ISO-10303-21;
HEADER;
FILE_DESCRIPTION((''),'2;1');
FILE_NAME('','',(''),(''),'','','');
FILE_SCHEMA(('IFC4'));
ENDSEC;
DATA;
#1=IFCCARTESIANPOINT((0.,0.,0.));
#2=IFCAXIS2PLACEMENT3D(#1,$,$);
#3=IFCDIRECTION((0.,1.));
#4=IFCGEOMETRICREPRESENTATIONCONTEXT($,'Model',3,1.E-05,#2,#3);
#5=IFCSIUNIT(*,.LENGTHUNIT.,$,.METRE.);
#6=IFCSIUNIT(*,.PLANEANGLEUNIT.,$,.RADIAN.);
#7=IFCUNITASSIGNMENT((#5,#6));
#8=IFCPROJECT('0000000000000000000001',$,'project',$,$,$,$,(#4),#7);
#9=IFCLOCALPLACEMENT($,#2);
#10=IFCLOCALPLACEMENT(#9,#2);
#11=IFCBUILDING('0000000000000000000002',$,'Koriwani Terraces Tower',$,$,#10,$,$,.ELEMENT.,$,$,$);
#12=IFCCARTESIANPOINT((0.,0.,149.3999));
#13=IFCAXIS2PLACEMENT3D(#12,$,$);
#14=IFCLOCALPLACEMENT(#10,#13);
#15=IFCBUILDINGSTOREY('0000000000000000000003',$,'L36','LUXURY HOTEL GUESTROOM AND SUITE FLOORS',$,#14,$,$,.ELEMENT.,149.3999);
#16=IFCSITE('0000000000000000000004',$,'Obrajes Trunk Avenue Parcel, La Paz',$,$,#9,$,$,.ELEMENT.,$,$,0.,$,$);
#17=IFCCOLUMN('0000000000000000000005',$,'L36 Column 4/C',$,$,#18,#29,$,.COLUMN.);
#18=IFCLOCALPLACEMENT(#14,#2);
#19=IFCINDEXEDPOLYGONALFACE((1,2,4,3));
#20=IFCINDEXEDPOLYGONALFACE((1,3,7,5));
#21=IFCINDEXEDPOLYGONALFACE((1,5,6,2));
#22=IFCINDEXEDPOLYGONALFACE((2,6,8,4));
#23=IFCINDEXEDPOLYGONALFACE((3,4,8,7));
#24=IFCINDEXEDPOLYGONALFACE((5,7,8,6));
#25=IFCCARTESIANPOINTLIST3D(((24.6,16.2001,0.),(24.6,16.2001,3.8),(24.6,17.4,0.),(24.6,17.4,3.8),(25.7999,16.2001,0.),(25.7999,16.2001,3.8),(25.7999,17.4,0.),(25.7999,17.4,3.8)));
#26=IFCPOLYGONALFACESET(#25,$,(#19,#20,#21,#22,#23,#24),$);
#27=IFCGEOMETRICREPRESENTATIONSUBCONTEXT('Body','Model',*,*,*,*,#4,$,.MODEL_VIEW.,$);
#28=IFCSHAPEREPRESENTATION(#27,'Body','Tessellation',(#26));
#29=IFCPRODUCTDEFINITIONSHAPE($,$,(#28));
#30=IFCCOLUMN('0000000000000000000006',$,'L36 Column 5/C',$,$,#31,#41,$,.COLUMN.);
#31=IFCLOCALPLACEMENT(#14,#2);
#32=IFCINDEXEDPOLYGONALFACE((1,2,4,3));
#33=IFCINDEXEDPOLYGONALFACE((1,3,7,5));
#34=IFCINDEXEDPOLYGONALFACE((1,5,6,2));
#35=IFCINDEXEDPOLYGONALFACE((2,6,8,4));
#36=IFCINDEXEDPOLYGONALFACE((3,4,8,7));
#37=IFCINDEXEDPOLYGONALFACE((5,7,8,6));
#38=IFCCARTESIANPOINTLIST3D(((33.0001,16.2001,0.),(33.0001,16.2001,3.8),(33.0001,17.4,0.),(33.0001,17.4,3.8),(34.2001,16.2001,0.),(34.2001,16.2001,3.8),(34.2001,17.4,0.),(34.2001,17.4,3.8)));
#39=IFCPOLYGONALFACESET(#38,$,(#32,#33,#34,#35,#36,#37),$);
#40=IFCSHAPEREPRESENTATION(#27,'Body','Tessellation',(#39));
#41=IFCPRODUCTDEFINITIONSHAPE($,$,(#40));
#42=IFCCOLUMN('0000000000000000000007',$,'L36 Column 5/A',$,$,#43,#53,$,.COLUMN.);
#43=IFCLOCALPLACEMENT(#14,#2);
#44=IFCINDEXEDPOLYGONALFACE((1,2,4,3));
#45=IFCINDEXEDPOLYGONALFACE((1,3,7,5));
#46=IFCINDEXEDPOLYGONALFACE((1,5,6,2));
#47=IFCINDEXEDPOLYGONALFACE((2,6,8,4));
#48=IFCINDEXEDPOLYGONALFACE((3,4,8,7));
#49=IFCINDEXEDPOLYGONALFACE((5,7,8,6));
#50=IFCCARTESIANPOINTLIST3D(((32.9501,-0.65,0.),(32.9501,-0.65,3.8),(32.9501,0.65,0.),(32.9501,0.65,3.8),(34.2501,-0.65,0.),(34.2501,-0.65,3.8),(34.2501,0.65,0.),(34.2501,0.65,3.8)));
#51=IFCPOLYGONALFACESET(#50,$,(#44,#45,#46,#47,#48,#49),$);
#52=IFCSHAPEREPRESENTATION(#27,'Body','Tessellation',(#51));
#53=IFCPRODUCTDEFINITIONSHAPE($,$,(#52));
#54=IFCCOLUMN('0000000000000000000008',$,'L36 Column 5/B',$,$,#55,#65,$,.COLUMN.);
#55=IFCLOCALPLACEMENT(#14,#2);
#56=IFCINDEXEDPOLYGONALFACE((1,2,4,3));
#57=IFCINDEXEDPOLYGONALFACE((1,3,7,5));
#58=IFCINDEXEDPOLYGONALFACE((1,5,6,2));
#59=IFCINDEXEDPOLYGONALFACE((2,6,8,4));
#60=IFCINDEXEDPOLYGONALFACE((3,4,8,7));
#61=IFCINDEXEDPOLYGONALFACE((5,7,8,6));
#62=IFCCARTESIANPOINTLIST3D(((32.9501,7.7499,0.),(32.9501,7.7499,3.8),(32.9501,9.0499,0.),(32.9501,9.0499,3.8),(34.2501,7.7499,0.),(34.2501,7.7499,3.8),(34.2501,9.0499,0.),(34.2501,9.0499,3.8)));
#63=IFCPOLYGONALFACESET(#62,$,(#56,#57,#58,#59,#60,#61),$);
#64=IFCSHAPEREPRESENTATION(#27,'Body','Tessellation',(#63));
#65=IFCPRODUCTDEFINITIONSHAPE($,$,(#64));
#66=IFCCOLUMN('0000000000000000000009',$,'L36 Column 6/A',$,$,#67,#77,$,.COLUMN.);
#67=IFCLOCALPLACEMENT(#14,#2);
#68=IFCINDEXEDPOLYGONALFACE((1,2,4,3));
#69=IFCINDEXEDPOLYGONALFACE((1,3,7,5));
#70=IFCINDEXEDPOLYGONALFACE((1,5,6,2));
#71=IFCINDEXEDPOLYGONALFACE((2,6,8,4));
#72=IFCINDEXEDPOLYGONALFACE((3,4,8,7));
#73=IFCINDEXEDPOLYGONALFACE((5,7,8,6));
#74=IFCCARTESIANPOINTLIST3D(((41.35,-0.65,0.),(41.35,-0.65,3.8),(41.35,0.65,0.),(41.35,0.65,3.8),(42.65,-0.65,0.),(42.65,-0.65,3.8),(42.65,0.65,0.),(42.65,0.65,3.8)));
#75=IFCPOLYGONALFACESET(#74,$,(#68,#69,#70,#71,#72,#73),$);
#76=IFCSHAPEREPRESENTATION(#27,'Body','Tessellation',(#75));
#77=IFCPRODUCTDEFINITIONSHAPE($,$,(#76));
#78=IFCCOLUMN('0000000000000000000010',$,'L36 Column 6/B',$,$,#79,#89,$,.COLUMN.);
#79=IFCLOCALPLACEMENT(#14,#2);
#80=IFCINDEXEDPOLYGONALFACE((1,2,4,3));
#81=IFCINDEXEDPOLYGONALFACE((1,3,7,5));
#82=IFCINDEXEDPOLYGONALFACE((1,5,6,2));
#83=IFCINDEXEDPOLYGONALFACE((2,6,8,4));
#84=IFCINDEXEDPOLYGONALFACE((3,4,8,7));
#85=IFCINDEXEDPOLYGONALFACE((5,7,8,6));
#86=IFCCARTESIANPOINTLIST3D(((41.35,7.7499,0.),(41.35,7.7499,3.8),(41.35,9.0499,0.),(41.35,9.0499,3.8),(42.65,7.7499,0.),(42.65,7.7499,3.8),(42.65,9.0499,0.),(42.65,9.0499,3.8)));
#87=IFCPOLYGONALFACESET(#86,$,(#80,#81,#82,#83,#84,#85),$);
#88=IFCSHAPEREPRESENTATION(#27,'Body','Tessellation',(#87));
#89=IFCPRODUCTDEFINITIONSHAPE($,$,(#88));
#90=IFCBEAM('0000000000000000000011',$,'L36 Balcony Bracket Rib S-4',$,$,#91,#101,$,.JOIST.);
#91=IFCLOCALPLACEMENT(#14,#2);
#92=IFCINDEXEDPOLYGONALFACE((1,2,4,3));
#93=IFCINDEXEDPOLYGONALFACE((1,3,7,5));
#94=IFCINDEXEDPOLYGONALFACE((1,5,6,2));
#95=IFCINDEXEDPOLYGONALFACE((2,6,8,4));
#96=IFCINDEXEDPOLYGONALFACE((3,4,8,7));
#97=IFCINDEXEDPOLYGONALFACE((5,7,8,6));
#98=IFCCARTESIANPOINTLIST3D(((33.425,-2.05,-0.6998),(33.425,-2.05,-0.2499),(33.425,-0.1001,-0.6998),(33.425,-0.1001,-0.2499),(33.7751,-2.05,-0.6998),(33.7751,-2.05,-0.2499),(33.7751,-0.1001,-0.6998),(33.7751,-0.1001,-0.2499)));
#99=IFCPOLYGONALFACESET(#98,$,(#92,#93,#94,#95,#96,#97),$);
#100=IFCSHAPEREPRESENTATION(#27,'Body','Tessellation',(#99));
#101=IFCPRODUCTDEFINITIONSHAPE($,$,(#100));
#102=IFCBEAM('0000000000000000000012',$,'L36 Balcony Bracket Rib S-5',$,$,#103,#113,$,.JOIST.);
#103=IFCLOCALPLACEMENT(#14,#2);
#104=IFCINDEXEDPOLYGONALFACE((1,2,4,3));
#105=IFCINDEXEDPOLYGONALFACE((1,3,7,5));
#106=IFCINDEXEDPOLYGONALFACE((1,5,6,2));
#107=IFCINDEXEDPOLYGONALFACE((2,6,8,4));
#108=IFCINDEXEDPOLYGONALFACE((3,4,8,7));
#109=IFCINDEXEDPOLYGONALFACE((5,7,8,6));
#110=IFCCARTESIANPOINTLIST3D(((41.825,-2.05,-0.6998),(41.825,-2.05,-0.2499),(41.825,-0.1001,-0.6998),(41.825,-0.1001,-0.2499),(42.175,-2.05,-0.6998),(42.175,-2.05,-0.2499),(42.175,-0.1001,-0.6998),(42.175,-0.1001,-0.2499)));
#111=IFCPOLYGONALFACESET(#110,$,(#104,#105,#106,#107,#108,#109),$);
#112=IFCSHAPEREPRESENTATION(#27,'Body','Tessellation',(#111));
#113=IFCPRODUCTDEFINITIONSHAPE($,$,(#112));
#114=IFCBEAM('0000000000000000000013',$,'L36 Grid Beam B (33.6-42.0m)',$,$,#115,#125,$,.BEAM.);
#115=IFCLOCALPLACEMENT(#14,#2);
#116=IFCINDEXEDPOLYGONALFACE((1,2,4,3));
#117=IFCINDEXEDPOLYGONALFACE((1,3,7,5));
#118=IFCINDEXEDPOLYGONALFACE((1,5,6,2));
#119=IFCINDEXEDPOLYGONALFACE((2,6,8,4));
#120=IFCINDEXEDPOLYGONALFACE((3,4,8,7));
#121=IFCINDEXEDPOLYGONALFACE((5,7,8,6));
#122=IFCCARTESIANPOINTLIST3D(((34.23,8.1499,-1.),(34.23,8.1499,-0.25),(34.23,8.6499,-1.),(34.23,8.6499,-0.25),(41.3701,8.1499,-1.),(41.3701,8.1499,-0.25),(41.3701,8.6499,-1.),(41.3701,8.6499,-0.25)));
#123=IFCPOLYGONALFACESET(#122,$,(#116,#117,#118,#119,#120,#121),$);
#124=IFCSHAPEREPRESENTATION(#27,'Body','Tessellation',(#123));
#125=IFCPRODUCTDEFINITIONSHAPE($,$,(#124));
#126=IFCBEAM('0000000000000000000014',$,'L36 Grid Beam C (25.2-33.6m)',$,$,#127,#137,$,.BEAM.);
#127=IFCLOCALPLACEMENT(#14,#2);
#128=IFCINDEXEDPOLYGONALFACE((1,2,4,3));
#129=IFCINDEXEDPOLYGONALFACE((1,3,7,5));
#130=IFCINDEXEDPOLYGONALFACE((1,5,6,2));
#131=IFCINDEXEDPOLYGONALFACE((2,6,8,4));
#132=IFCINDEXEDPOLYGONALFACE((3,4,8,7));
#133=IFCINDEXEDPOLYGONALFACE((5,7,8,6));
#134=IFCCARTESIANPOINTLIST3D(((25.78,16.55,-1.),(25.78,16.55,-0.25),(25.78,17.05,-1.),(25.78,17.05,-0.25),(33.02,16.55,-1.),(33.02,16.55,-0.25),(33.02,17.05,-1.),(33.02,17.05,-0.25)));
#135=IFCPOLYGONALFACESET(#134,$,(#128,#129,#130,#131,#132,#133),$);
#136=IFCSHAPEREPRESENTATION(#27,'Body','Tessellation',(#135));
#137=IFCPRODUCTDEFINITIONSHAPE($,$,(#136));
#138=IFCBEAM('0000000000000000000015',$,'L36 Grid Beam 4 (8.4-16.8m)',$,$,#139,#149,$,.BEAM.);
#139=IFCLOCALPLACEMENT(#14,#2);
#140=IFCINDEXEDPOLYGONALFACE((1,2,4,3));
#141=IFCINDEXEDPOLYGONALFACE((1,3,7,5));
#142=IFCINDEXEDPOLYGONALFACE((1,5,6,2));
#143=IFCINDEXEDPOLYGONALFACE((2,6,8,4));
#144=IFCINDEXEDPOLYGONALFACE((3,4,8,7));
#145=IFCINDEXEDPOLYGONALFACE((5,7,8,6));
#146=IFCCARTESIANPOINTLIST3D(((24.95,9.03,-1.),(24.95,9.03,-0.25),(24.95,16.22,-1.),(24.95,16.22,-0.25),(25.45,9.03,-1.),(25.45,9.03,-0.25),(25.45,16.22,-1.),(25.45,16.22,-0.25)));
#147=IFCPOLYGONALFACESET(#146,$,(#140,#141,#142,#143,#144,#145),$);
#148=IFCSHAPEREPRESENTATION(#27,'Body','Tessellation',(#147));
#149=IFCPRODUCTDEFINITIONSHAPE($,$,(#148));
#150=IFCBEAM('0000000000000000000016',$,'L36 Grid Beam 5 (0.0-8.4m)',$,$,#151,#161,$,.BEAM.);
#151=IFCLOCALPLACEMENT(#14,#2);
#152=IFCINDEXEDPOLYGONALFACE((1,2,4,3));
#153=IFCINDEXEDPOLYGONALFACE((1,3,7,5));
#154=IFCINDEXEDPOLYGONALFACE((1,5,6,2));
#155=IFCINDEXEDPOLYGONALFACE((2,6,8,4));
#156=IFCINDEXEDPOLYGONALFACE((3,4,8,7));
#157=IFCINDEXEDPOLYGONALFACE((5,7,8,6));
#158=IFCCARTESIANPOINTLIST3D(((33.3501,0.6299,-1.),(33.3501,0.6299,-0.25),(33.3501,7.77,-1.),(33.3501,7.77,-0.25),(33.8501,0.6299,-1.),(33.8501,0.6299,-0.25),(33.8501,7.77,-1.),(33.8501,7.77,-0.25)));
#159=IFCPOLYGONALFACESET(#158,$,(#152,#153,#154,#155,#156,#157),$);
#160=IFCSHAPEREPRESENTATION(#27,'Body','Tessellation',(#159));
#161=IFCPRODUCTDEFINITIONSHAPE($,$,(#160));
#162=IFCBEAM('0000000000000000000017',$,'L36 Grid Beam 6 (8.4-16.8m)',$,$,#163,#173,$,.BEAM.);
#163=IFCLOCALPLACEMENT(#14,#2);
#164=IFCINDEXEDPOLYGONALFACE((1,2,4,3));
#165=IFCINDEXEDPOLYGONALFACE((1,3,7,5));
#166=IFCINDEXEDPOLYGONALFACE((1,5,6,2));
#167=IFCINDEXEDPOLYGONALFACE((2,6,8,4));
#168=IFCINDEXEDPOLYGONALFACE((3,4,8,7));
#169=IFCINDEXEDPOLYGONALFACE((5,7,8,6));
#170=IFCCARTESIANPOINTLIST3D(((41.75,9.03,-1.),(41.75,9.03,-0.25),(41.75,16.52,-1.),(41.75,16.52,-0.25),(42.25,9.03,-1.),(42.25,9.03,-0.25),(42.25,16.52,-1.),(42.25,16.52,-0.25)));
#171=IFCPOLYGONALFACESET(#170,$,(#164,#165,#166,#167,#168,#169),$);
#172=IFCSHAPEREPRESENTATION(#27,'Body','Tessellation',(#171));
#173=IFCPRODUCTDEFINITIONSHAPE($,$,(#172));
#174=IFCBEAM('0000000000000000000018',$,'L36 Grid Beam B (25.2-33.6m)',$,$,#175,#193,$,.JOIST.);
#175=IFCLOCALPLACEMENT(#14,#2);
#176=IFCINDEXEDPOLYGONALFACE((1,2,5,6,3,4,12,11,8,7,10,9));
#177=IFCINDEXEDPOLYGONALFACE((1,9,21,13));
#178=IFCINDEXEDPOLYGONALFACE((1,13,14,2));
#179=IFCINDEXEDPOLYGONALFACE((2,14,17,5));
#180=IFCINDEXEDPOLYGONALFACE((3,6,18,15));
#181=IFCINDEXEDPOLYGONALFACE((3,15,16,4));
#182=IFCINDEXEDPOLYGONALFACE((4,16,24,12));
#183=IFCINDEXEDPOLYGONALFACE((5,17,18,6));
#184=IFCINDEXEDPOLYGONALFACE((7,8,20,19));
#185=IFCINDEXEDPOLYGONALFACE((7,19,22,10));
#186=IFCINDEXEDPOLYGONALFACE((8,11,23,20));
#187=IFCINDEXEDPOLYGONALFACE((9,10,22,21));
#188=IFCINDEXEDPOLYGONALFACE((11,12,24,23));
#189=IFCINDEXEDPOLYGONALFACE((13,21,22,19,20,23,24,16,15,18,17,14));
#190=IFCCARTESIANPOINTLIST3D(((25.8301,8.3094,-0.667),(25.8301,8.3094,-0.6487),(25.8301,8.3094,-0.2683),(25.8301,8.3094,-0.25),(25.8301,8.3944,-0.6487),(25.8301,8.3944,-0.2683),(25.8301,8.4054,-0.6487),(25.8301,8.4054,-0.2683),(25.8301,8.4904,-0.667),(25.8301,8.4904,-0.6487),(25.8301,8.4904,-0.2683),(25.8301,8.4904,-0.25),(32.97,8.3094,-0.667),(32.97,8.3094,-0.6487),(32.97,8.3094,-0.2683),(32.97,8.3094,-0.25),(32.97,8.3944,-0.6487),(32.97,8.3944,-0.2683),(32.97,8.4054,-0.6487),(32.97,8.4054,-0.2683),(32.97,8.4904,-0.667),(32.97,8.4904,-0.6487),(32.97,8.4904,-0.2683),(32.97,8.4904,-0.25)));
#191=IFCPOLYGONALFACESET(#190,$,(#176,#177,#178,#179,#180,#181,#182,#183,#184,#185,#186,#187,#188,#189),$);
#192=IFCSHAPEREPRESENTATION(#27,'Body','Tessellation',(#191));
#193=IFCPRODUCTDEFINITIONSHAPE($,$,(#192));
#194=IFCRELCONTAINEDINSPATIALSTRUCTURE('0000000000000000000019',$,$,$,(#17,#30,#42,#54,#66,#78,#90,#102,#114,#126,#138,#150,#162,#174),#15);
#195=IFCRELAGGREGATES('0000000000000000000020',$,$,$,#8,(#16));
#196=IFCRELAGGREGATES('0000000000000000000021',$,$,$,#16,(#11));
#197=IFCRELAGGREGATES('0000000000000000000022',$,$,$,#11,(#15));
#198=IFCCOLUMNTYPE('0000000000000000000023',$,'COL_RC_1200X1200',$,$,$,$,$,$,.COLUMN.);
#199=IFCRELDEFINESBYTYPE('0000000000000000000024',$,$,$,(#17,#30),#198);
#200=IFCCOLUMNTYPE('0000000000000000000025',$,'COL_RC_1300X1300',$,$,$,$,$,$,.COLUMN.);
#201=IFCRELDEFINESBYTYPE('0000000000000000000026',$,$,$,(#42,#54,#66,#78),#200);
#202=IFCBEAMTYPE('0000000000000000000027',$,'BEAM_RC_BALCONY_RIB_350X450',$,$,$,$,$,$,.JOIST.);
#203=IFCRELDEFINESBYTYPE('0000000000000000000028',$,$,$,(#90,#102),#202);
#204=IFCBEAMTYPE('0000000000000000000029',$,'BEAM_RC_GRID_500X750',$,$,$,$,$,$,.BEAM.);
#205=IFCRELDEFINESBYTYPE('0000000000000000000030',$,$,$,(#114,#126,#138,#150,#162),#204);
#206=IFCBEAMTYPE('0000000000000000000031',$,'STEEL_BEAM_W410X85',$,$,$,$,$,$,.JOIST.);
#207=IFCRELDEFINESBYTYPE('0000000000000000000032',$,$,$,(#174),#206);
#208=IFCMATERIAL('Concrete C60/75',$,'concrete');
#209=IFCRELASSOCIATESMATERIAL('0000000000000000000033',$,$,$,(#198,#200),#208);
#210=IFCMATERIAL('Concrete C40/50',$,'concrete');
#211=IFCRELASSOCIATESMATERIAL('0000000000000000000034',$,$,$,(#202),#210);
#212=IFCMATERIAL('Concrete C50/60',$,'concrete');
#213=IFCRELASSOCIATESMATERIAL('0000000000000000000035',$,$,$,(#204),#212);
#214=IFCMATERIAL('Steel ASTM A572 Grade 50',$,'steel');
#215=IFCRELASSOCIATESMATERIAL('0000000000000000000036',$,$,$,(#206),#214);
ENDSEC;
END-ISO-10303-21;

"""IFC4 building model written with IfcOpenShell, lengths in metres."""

from ifc_helpers import new_model, si_unit, direction, frame, origin, origin_2d, place, context, subcontext, project, spatial, rectangle, i_section, extrude, material, material_profile, profile_set, type_object, element, save


model = new_model("IFC4")

# Units and contexts
model_context = context("Model", 3, precision=1e-05, world=origin(), true_north=direction((0.0, 1.0)))
body_context = subcontext(model_context, "Body", "Model", "MODEL_VIEW")
ifc_project = project(units=[si_unit("LENGTHUNIT", "METRE"), si_unit("PLANEANGLEUNIT", "RADIAN")], contexts=[model_context])

# Site, building, storey
site_placement = place(None, origin())
site = spatial("IfcSite", under=ifc_project, at=site_placement, Name="Obrajes Trunk Avenue Parcel, La Paz", CompositionType="ELEMENT", RefElevation=0.0)
building_placement = place(site_placement, origin())
building = spatial("IfcBuilding", under=site, at=building_placement, Name="Koriwani Terraces Tower", CompositionType="ELEMENT")
storey_placement = place(building_placement, frame((0.0, 0.0, 149.3999)))
storey = spatial("IfcBuildingStorey", under=building, at=storey_placement, Name="L36", Description="LUXURY HOTEL GUESTROOM AND SUITE FLOORS", CompositionType="ELEMENT", Elevation=149.3999)

# Columns
ifc_material_1 = material(Name="Concrete C60/75", Category="concrete")
ifc_material_profile_1 = material_profile(ifc_material_1, rectangle(XDim=1.2, YDim=1.2, at=origin_2d()), Name="Concrete C60/75", Category="LoadBearing")
ifc_profile_set_1 = profile_set([ifc_material_profile_1], Name="Concrete C60/75")
column_type_1 = type_object("IfcColumnType", Name="COL_RC_1200X1200", PredefinedType="COLUMN", material=ifc_profile_set_1)
for number, where, z_axis, x_axis, name in (
    (1, (25.2, 16.8, 0.0), (0.0, 0.0, 1.0), (1.0, 0.0, 0.0), "L36 Column 4/C"),
    (2, (33.6001, 16.8, 0.0), (0.0, 0.0, 1.0), (1.0, 0.0, 0.0), "L36 Column 5/C"),
):
    element("IfcColumn", number, at=place(storey_placement, frame(where, z_axis=z_axis, x_axis=x_axis)), inside=storey, type_object=column_type_1, Name=name, PredefinedType="COLUMN", context=body_context, shape_type="SweptSolid", body=[
        extrude(rectangle(XDim=1.2, YDim=1.2, at=origin_2d()), origin(), (0.0, 0.0, 1.0), 3.8),
    ])
ifc_material_profile_2 = material_profile(ifc_material_1, rectangle(XDim=1.3, YDim=1.3, at=origin_2d()), Name="Concrete C60/75", Category="LoadBearing")
ifc_profile_set_2 = profile_set([ifc_material_profile_2], Name="Concrete C60/75")
column_type_2 = type_object("IfcColumnType", Name="COL_RC_1300X1300", PredefinedType="COLUMN", material=ifc_profile_set_2)
for number, where, z_axis, x_axis, name in (
    (3, (33.6001, 0.0, 0.0), (0.0, 0.0, 1.0), (1.0, 0.0, 0.0), "L36 Column 5/A"),
    (4, (33.6001, 8.3999, 0.0), (0.0, 0.0, 1.0), (1.0, 0.0, 0.0), "L36 Column 5/B"),
    (5, (42.0, 0.0, 0.0), (0.0, 0.0, 1.0), (1.0, 0.0, 0.0), "L36 Column 6/A"),
    (6, (42.0, 8.3999, 0.0), (0.0, 0.0, 1.0), (1.0, 0.0, 0.0), "L36 Column 6/B"),
):
    element("IfcColumn", number, at=place(storey_placement, frame(where, z_axis=z_axis, x_axis=x_axis)), inside=storey, type_object=column_type_2, Name=name, PredefinedType="COLUMN", context=body_context, shape_type="SweptSolid", body=[
        extrude(rectangle(XDim=1.3, YDim=1.3, at=origin_2d()), origin(), (0.0, 0.0, 1.0), 3.8),
    ])

# Beams
ifc_material_2 = material(Name="Concrete C40/50", Category="concrete")
ifc_material_profile_3 = material_profile(ifc_material_2, rectangle(XDim=0.3501, YDim=0.45, at=origin_2d()), Name="Concrete C40/50", Category="LoadBearing")
ifc_profile_set_3 = profile_set([ifc_material_profile_3], Name="Concrete C40/50")
beam_type_1 = type_object("IfcBeamType", Name="BEAM_RC_BALCONY_RIB_350X450", PredefinedType="JOIST", material=ifc_profile_set_3)
for number, where, z_axis, x_axis, name in (
    (7, (33.6001, -2.05, -0.4749), (0.0, 1.0, 0.0), (-1.0, 0.0, 0.0), "L36 Balcony Bracket Rib S-4"),
    (8, (42.0, -2.05, -0.4749), (0.0, 1.0, 0.0), (-1.0, 0.0, 0.0), "L36 Balcony Bracket Rib S-5"),
):
    element("IfcBeam", number, at=place(storey_placement, frame(where, z_axis=z_axis, x_axis=x_axis)), inside=storey, type_object=beam_type_1, Name=name, PredefinedType="JOIST", context=body_context, shape_type="SweptSolid", body=[
        extrude(rectangle(XDim=0.3501, YDim=0.45, at=origin_2d()), origin(), (0.0, 0.0, 1.0), 1.95),
    ])
ifc_material_3 = material(Name="Concrete C50/60", Category="concrete")
ifc_material_profile_4 = material_profile(ifc_material_3, rectangle(XDim=0.5, YDim=0.75, at=origin_2d()), Name="Concrete C50/60", Category="LoadBearing")
ifc_profile_set_4 = profile_set([ifc_material_profile_4], Name="Concrete C50/60")
beam_type_2 = type_object("IfcBeamType", Name="BEAM_RC_GRID_500X750", PredefinedType="BEAM", material=ifc_profile_set_4)
beam_1_placement = place(storey_placement, frame((34.23, 8.3999, -0.625), z_axis=(1.0, 0.0, 0.0), x_axis=(0.0, 1.0, 0.0)))
element("IfcBeam", 9, at=beam_1_placement, inside=storey, type_object=beam_type_2, Name="L36 Grid Beam B (33.6-42.0m)", PredefinedType="BEAM", context=body_context, shape_type="SweptSolid", body=[
    extrude(rectangle(XDim=0.5, YDim=0.75, at=origin_2d()), origin(), (0.0, 0.0, 1.0), 7.1401),
])
beam_2_placement = place(storey_placement, frame((25.78, 16.8, -0.625), z_axis=(1.0, 0.0, 0.0), x_axis=(0.0, 1.0, 0.0)))
element("IfcBeam", 10, at=beam_2_placement, inside=storey, type_object=beam_type_2, Name="L36 Grid Beam C (25.2-33.6m)", PredefinedType="BEAM", context=body_context, shape_type="SweptSolid", body=[
    extrude(rectangle(XDim=0.5, YDim=0.75, at=origin_2d()), origin(), (0.0, 0.0, 1.0), 7.24),
])
beam_3_placement = place(storey_placement, frame((25.2, 9.03, -0.625), z_axis=(0.0, 1.0, 0.0), x_axis=(-1.0, 0.0, 0.0)))
element("IfcBeam", 11, at=beam_3_placement, inside=storey, type_object=beam_type_2, Name="L36 Grid Beam 4 (8.4-16.8m)", PredefinedType="BEAM", context=body_context, shape_type="SweptSolid", body=[
    extrude(rectangle(XDim=0.5, YDim=0.75, at=origin_2d()), origin(), (0.0, 0.0, 1.0), 7.1899),
])
beam_4_placement = place(storey_placement, frame((33.6001, 0.6299, -0.625), z_axis=(0.0, 1.0, 0.0), x_axis=(-1.0, 0.0, 0.0)))
element("IfcBeam", 12, at=beam_4_placement, inside=storey, type_object=beam_type_2, Name="L36 Grid Beam 5 (0.0-8.4m)", PredefinedType="BEAM", context=body_context, shape_type="SweptSolid", body=[
    extrude(rectangle(XDim=0.5, YDim=0.75, at=origin_2d()), origin(), (0.0, 0.0, 1.0), 7.1401),
])
beam_5_placement = place(storey_placement, frame((42.0, 9.03, -0.625), z_axis=(0.0, 1.0, 0.0), x_axis=(-1.0, 0.0, 0.0)))
element("IfcBeam", 13, at=beam_5_placement, inside=storey, type_object=beam_type_2, Name="L36 Grid Beam 6 (8.4-16.8m)", PredefinedType="BEAM", context=body_context, shape_type="SweptSolid", body=[
    extrude(rectangle(XDim=0.5, YDim=0.75, at=origin_2d()), origin(), (0.0, 0.0, 1.0), 7.49),
])
ifc_material_4 = material(Name="Steel ASTM A572 Grade 50", Category="steel")
ifc_material_profile_5 = material_profile(ifc_material_4, i_section(OverallWidth=0.1809, OverallDepth=0.417, WebThickness=0.011, FlangeThickness=0.0183, at=origin_2d()), Name="Steel ASTM A572 Grade 50", Category="LoadBearing")
ifc_profile_set_5 = profile_set([ifc_material_profile_5], Name="Steel ASTM A572 Grade 50")
beam_type_3 = type_object("IfcBeamType", Name="STEEL_BEAM_W410X85", PredefinedType="JOIST", material=ifc_profile_set_5)
beam_6_placement = place(storey_placement, frame((25.8301, 8.3999, -0.4585), z_axis=(1.0, 0.0, 0.0), x_axis=(0.0, 1.0, 0.0)))
element("IfcBeam", 14, at=beam_6_placement, inside=storey, type_object=beam_type_3, Name="L36 Grid Beam B (25.2-33.6m)", PredefinedType="JOIST", context=body_context, shape_type="SweptSolid", body=[
    extrude(i_section(OverallWidth=0.1809, OverallDepth=0.417, WebThickness=0.011, FlangeThickness=0.0183, at=origin_2d()), origin(), (0.0, 0.0, 1.0), 7.1399),
])

save(model, "model.ifc")
